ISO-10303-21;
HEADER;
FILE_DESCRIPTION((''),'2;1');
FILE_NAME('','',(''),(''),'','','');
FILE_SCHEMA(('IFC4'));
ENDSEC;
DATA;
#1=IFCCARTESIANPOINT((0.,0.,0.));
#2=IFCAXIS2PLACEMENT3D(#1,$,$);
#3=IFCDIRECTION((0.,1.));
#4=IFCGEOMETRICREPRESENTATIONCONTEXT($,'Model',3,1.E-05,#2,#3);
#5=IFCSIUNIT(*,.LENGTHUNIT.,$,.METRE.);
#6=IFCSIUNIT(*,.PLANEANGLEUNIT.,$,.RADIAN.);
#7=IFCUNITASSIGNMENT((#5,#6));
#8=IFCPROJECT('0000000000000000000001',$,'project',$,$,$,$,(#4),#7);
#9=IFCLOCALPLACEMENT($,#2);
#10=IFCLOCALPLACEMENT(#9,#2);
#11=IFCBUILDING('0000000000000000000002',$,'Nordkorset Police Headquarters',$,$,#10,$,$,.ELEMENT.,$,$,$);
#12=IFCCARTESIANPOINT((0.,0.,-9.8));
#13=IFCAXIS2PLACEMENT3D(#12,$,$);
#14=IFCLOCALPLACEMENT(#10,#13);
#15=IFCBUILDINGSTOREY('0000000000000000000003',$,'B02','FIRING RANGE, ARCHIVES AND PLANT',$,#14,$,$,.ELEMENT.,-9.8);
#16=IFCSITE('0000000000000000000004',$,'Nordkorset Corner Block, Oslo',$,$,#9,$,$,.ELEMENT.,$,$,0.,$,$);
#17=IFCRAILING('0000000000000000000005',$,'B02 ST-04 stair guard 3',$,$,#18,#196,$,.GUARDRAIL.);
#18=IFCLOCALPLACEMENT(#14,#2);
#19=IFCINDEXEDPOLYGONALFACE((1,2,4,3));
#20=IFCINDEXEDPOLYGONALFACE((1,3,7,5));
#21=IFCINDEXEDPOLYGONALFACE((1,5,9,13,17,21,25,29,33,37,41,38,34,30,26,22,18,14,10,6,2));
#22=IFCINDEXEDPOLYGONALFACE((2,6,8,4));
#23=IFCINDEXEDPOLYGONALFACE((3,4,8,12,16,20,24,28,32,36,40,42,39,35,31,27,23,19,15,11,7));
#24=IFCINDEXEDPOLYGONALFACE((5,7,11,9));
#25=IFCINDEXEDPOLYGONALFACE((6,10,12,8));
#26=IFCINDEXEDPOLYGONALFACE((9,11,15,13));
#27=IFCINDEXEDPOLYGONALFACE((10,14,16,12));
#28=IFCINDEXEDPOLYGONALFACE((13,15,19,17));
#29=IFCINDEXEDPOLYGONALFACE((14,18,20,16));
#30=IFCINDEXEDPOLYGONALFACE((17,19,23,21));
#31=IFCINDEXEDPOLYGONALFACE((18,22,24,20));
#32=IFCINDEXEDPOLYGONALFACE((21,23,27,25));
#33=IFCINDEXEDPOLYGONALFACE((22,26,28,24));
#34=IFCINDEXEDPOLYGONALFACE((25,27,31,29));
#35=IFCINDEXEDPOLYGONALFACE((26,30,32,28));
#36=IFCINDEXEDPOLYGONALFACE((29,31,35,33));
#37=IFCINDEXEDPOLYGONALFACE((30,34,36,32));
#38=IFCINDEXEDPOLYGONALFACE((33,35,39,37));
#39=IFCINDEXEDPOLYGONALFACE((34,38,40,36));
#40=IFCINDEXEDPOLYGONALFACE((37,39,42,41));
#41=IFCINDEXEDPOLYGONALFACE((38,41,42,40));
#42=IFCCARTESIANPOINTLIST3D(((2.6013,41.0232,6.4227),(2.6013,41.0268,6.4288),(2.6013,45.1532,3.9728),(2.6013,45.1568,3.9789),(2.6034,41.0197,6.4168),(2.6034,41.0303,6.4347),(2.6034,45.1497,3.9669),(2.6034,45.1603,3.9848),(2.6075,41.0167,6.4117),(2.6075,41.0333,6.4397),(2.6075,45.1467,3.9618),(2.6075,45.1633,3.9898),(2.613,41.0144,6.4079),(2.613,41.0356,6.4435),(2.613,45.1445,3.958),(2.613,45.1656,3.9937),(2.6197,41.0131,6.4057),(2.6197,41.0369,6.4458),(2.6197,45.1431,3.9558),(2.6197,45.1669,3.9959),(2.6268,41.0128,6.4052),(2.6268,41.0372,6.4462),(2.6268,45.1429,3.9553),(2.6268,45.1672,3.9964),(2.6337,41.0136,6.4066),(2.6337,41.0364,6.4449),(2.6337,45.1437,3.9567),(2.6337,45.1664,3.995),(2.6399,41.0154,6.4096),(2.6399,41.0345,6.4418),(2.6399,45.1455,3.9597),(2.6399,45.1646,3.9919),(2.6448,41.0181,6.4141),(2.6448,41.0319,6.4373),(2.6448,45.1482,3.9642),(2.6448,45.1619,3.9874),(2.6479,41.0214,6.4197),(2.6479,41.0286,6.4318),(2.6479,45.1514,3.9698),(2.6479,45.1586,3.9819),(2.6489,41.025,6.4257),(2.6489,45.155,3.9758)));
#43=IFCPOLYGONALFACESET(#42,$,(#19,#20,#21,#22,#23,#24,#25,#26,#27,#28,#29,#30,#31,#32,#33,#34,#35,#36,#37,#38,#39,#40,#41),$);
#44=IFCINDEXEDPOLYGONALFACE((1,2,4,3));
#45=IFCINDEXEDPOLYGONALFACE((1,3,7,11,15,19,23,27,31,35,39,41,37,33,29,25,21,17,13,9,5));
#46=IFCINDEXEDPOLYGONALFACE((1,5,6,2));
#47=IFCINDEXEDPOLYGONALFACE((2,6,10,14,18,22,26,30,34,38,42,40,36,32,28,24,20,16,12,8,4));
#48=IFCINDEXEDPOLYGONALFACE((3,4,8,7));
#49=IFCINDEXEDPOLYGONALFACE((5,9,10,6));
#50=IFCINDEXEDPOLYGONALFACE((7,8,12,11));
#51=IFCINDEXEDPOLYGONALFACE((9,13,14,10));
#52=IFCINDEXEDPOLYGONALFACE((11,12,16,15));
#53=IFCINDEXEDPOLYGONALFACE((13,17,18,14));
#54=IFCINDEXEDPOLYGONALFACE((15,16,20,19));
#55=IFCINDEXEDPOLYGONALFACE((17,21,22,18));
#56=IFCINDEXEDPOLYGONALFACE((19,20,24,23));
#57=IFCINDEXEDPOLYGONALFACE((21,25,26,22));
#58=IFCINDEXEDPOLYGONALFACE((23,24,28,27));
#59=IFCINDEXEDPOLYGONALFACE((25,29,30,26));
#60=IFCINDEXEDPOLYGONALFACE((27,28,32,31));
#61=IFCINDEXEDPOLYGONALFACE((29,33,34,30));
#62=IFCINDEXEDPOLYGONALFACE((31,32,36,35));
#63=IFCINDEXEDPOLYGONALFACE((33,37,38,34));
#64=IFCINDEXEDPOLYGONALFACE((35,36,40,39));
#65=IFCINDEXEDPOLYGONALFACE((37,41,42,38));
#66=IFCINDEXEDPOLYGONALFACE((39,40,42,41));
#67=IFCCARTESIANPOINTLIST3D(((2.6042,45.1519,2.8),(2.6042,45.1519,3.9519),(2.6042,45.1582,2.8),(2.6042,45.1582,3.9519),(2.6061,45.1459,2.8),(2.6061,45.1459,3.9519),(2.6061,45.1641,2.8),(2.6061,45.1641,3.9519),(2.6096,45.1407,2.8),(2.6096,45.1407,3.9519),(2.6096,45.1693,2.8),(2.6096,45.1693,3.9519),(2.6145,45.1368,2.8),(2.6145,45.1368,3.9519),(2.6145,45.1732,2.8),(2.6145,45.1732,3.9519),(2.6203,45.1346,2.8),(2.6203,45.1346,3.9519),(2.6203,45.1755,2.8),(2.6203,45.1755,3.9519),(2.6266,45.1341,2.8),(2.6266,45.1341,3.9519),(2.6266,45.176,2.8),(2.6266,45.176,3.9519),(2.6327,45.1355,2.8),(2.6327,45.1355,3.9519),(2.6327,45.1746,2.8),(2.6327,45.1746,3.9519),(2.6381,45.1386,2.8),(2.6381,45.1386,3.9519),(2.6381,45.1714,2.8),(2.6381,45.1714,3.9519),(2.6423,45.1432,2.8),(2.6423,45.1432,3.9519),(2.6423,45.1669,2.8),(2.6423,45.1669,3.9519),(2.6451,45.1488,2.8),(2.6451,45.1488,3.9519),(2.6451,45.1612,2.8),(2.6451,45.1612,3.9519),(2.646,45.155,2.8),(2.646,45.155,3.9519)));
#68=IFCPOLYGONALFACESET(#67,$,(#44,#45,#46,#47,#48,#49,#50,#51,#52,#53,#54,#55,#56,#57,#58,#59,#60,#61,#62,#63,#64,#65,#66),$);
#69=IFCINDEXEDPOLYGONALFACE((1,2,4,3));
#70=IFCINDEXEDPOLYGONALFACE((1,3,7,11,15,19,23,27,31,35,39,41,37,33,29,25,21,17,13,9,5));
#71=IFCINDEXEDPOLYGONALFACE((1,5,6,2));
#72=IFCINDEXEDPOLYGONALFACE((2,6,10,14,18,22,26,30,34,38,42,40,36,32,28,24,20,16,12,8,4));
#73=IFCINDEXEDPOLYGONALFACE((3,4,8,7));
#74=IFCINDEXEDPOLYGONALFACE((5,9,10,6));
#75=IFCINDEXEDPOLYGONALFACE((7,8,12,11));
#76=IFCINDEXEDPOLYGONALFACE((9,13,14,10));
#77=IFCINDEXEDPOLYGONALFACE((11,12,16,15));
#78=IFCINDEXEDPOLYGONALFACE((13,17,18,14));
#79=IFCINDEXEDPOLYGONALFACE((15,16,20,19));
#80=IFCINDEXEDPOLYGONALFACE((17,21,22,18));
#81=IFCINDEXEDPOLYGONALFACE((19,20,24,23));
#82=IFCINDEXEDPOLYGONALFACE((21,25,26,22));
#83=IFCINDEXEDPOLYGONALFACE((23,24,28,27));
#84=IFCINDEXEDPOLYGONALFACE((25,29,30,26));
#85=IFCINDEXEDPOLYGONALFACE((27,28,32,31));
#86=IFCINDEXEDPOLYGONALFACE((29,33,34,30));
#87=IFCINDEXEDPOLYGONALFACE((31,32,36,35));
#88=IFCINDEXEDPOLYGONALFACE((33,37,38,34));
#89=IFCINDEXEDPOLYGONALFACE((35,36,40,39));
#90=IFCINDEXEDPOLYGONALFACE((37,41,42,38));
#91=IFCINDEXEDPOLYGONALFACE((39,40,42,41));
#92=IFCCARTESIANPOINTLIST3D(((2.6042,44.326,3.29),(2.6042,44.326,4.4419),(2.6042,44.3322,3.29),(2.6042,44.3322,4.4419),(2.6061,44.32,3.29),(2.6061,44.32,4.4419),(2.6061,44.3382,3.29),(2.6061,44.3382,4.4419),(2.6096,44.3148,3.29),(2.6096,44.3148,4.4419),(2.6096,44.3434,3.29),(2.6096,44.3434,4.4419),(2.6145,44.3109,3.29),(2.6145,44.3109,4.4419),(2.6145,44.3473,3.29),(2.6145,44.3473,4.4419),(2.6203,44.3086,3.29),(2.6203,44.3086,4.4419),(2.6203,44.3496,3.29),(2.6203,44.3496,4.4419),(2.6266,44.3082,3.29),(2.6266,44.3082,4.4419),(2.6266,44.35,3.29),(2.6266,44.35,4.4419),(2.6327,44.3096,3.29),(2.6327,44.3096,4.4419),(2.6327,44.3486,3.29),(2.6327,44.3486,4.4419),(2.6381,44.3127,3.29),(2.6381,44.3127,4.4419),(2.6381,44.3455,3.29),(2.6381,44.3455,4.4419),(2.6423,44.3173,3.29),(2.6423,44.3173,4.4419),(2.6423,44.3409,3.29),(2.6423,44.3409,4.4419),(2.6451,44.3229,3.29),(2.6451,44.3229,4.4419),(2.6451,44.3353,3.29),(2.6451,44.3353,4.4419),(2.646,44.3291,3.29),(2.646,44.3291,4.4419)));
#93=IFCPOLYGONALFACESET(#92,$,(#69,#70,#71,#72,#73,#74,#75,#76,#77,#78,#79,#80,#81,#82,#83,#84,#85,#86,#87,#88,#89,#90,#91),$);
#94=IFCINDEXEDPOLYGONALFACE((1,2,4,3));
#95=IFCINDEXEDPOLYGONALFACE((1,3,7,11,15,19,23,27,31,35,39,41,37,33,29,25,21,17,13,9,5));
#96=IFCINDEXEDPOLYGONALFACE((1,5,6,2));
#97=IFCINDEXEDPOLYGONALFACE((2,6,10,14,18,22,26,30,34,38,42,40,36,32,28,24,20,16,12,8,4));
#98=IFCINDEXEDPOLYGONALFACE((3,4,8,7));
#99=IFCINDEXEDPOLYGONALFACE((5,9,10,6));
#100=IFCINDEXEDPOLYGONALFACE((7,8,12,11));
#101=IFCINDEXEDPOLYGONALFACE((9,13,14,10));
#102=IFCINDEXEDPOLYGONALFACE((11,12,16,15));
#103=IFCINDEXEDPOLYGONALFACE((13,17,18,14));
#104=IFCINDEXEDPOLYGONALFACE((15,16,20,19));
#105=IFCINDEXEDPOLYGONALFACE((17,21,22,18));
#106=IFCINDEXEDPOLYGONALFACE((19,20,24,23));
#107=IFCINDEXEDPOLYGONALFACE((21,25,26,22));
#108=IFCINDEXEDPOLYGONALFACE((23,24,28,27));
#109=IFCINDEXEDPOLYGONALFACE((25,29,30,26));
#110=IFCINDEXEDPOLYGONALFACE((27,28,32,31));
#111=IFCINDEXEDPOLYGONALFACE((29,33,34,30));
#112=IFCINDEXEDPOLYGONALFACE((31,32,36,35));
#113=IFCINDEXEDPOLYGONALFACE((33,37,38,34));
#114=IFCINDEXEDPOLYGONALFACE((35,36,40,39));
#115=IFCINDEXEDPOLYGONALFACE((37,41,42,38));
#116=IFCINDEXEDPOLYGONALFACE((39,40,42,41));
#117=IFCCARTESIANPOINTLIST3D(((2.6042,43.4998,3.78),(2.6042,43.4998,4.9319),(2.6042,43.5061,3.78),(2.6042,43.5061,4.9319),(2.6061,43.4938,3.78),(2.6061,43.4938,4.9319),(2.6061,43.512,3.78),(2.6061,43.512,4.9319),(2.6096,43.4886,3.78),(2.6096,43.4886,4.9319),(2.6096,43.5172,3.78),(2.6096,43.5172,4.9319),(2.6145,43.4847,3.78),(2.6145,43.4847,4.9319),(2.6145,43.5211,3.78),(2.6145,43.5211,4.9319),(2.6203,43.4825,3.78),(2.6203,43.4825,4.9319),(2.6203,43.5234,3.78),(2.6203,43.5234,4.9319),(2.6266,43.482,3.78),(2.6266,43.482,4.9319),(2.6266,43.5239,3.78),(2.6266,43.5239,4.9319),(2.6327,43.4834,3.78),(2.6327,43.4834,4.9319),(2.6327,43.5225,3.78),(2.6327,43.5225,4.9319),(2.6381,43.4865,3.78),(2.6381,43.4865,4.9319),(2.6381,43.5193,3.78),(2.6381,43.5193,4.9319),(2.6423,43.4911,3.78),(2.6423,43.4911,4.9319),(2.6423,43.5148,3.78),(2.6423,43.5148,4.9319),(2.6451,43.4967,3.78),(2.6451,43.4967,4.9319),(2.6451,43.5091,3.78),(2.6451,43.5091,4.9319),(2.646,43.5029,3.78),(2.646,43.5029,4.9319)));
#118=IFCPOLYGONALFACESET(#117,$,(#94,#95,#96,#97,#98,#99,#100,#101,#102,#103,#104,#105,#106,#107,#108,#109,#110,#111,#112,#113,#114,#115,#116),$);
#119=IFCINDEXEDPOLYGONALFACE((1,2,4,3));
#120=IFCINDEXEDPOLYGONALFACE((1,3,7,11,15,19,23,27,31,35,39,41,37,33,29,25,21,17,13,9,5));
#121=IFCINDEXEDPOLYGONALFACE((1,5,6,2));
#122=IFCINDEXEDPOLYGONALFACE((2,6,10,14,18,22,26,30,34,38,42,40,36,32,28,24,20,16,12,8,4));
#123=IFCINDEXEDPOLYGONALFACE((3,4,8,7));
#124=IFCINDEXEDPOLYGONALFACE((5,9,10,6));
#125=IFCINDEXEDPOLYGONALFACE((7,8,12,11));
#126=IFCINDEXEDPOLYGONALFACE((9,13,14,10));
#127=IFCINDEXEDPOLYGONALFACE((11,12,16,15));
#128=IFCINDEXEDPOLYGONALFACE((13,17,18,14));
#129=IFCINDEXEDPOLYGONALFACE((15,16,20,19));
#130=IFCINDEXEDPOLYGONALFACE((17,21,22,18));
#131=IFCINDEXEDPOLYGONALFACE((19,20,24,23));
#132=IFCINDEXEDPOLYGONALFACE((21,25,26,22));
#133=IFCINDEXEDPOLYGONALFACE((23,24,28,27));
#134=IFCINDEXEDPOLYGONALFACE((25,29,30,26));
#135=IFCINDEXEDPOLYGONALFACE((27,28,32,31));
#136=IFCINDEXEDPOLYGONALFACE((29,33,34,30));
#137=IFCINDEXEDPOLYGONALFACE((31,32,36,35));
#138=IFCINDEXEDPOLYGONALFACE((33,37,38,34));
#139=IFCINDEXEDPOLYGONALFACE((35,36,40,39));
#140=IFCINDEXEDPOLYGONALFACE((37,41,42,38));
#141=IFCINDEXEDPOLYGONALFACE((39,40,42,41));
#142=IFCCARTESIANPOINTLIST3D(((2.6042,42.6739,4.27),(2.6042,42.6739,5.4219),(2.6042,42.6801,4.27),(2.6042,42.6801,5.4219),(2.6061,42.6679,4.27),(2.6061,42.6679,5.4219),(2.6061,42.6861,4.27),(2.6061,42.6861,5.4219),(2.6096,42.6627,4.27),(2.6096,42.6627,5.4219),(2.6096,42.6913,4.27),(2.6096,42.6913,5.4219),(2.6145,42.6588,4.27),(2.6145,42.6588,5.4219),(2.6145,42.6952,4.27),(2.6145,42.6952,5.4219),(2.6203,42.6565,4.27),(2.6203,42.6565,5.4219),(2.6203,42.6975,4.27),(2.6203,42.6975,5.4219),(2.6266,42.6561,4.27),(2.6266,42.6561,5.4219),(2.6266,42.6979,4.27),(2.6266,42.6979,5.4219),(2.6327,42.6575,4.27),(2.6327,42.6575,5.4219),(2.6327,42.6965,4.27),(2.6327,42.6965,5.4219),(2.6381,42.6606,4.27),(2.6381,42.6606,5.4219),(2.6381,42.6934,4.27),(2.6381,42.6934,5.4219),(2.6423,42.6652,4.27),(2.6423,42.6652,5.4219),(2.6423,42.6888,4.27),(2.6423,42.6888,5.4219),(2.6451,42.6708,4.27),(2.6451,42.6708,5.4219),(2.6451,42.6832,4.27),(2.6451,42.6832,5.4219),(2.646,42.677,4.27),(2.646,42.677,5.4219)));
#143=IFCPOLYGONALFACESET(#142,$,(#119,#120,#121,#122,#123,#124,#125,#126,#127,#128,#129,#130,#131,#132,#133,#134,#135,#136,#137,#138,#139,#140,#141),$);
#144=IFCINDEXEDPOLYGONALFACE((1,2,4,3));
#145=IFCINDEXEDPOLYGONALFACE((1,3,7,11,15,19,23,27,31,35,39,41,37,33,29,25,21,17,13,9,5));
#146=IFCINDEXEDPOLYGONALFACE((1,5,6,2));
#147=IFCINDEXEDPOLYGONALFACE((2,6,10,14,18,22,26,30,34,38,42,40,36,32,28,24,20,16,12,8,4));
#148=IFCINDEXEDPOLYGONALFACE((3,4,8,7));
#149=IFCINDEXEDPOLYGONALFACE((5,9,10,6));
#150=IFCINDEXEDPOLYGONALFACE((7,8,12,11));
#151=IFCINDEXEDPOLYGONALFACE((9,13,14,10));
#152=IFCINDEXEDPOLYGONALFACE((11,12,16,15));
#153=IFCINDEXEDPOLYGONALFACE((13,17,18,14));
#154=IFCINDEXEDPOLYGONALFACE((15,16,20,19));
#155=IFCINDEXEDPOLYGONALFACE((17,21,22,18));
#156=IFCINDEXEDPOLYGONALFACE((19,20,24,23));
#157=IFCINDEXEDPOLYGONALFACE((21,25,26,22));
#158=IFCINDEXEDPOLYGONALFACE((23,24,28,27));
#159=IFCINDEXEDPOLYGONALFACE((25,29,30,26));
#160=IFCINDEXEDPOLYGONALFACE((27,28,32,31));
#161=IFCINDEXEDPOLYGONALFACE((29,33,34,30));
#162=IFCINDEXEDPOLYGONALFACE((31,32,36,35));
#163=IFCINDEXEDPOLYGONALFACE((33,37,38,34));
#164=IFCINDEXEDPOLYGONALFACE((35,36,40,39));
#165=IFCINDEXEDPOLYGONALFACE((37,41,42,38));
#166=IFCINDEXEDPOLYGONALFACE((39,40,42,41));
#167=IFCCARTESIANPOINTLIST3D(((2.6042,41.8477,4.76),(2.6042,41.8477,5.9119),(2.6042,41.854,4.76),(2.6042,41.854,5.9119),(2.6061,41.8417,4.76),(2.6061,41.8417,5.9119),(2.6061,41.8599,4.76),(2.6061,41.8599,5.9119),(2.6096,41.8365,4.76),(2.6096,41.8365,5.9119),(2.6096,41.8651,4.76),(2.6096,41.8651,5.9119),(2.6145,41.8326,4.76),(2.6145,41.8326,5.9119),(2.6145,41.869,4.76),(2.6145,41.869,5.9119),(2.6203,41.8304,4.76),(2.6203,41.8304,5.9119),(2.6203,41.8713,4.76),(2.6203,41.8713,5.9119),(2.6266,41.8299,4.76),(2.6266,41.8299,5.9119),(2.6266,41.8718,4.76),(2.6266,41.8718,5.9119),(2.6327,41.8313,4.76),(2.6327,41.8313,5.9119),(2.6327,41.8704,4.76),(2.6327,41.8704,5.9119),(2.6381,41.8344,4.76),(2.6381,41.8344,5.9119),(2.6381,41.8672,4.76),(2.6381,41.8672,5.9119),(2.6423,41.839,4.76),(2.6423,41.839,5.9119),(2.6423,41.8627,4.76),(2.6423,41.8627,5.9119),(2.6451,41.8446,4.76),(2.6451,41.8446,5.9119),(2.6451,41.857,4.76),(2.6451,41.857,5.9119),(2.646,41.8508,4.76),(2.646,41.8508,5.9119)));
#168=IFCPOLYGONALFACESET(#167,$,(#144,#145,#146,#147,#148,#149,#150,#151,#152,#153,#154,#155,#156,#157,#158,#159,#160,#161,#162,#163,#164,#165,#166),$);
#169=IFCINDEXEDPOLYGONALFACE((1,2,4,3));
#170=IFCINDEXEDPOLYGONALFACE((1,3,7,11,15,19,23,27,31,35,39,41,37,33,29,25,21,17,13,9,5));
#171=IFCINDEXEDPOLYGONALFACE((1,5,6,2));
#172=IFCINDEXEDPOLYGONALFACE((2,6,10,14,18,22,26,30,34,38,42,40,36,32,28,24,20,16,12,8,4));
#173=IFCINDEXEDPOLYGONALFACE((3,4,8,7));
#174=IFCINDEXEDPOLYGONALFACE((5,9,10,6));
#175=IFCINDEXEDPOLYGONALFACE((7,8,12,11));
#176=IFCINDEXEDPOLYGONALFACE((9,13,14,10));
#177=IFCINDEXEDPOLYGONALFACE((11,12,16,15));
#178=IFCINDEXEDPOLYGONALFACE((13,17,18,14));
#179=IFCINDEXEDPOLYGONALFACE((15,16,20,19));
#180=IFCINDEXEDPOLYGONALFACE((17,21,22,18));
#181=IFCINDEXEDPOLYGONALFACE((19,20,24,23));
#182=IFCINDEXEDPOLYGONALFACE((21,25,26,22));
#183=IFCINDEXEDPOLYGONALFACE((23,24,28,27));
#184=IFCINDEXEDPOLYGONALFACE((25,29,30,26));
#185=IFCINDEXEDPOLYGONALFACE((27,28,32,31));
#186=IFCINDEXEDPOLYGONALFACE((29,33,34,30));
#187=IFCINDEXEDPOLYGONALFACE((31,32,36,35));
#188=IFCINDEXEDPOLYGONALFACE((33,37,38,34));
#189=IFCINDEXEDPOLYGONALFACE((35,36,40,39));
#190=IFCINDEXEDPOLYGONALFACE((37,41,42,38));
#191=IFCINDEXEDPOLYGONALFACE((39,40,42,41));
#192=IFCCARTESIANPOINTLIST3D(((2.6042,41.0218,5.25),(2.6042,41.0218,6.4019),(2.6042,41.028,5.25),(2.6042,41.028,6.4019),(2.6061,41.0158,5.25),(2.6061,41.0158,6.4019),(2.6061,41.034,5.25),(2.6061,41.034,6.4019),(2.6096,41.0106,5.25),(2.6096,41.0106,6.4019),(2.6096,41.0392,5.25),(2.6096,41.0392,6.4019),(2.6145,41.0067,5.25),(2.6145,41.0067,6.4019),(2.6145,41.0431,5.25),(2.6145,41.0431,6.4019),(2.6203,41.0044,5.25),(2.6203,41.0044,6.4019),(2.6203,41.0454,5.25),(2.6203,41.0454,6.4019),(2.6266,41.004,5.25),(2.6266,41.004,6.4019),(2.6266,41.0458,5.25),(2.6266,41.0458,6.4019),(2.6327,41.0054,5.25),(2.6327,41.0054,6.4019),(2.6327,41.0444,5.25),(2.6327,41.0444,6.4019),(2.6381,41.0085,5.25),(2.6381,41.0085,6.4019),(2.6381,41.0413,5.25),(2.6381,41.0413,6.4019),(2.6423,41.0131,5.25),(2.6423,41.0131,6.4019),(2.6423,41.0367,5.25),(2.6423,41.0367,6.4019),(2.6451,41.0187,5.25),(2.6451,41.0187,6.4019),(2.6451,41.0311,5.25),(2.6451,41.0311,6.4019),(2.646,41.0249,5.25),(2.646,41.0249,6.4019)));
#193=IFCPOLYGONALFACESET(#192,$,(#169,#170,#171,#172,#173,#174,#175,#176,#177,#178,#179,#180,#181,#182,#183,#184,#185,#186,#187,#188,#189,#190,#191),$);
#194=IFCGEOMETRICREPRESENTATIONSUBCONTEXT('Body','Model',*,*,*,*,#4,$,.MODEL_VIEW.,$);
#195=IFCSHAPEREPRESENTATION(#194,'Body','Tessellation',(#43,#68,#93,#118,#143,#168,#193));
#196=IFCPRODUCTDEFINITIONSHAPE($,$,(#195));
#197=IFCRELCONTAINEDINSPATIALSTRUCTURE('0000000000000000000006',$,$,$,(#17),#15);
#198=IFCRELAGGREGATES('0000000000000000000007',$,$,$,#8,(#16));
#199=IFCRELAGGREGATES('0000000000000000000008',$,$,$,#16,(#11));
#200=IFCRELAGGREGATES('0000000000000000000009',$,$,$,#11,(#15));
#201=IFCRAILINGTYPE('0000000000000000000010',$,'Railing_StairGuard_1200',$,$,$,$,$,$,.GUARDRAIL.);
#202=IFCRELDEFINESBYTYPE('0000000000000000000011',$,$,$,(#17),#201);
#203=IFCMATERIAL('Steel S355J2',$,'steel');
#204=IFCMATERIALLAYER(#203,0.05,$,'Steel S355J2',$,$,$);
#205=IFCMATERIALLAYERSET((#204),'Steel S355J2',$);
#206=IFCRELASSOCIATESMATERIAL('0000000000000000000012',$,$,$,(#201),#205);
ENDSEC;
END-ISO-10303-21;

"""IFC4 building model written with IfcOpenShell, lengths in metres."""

from ifc_helpers import new_model, si_unit, direction, frame, origin, origin_2d, place, context, subcontext, project, spatial, circle, extrude, material, layer, layer_set, type_object, element, save


model = new_model("IFC4")

# Units and contexts
model_context = context("Model", 3, precision=1e-05, world=origin(), true_north=direction((0.0, 1.0)))
body_context = subcontext(model_context, "Body", "Model", "MODEL_VIEW")
ifc_project = project(units=[si_unit("LENGTHUNIT", "METRE"), si_unit("PLANEANGLEUNIT", "RADIAN")], contexts=[model_context])

# Site, building, storey
site_placement = place(None, origin())
site = spatial("IfcSite", under=ifc_project, at=site_placement, Name="Nordkorset Corner Block, Oslo", CompositionType="ELEMENT", RefElevation=0.0)
building_placement = place(site_placement, origin())
building = spatial("IfcBuilding", under=site, at=building_placement, Name="Nordkorset Police Headquarters", CompositionType="ELEMENT")
storey_placement = place(building_placement, frame((0.0, 0.0, -9.8)))
storey = spatial("IfcBuildingStorey", under=building, at=storey_placement, Name="B02", Description="FIRING RANGE, ARCHIVES AND PLANT", CompositionType="ELEMENT", Elevation=-9.8)

# Railing
ifc_material_1 = material(Name="Steel S355J2", Category="steel")
ifc_layer_1 = layer(ifc_material_1, 0.05, Name="Steel S355J2")
ifc_layer_set_1 = layer_set([ifc_layer_1], Name="Steel S355J2")
railing_type_1 = type_object("IfcRailingType", Name="Railing_StairGuard_1200", PredefinedType="GUARDRAIL", material=ifc_layer_set_1)
railing_1_placement = place(storey_placement, frame((2.625, 45.155, 2.8)))
element("IfcRailing", 1, at=railing_1_placement, inside=storey, type_object=railing_type_1, Name="B02 ST-04 stair guard 3", PredefinedType="GUARDRAIL", context=body_context, shape_type="SweptSolid", body=[
    extrude(circle(Radius=0.0239, at=origin_2d()), frame((0.0, 0.0, 1.1758), z_axis=(0.0, -0.860066, 0.510183), x_axis=(1.0, 0.0, 0.0)), (0.0, 0.0, 1.0), 4.802),
    extrude(circle(Radius=0.021, at=origin_2d()), origin(), (0.0, 0.0, 1.0), 1.1519),
    extrude(circle(Radius=0.021, at=origin_2d()), frame((0.0, -0.8259, 0.49)), (0.0, 0.0, 1.0), 1.1519),
    extrude(circle(Radius=0.021, at=origin_2d()), frame((0.0, -1.6521, 0.98)), (0.0, 0.0, 1.0), 1.1519),
    extrude(circle(Radius=0.021, at=origin_2d()), frame((0.0, -2.478, 1.47)), (0.0, 0.0, 1.0), 1.1519),
    extrude(circle(Radius=0.021, at=origin_2d()), frame((0.0, -3.3042, 1.96)), (0.0, 0.0, 1.0), 1.1519),
    extrude(circle(Radius=0.021, at=origin_2d()), frame((0.0, -4.1301, 2.45)), (0.0, 0.0, 1.0), 1.1519),
])

save(model, "model.ifc")
